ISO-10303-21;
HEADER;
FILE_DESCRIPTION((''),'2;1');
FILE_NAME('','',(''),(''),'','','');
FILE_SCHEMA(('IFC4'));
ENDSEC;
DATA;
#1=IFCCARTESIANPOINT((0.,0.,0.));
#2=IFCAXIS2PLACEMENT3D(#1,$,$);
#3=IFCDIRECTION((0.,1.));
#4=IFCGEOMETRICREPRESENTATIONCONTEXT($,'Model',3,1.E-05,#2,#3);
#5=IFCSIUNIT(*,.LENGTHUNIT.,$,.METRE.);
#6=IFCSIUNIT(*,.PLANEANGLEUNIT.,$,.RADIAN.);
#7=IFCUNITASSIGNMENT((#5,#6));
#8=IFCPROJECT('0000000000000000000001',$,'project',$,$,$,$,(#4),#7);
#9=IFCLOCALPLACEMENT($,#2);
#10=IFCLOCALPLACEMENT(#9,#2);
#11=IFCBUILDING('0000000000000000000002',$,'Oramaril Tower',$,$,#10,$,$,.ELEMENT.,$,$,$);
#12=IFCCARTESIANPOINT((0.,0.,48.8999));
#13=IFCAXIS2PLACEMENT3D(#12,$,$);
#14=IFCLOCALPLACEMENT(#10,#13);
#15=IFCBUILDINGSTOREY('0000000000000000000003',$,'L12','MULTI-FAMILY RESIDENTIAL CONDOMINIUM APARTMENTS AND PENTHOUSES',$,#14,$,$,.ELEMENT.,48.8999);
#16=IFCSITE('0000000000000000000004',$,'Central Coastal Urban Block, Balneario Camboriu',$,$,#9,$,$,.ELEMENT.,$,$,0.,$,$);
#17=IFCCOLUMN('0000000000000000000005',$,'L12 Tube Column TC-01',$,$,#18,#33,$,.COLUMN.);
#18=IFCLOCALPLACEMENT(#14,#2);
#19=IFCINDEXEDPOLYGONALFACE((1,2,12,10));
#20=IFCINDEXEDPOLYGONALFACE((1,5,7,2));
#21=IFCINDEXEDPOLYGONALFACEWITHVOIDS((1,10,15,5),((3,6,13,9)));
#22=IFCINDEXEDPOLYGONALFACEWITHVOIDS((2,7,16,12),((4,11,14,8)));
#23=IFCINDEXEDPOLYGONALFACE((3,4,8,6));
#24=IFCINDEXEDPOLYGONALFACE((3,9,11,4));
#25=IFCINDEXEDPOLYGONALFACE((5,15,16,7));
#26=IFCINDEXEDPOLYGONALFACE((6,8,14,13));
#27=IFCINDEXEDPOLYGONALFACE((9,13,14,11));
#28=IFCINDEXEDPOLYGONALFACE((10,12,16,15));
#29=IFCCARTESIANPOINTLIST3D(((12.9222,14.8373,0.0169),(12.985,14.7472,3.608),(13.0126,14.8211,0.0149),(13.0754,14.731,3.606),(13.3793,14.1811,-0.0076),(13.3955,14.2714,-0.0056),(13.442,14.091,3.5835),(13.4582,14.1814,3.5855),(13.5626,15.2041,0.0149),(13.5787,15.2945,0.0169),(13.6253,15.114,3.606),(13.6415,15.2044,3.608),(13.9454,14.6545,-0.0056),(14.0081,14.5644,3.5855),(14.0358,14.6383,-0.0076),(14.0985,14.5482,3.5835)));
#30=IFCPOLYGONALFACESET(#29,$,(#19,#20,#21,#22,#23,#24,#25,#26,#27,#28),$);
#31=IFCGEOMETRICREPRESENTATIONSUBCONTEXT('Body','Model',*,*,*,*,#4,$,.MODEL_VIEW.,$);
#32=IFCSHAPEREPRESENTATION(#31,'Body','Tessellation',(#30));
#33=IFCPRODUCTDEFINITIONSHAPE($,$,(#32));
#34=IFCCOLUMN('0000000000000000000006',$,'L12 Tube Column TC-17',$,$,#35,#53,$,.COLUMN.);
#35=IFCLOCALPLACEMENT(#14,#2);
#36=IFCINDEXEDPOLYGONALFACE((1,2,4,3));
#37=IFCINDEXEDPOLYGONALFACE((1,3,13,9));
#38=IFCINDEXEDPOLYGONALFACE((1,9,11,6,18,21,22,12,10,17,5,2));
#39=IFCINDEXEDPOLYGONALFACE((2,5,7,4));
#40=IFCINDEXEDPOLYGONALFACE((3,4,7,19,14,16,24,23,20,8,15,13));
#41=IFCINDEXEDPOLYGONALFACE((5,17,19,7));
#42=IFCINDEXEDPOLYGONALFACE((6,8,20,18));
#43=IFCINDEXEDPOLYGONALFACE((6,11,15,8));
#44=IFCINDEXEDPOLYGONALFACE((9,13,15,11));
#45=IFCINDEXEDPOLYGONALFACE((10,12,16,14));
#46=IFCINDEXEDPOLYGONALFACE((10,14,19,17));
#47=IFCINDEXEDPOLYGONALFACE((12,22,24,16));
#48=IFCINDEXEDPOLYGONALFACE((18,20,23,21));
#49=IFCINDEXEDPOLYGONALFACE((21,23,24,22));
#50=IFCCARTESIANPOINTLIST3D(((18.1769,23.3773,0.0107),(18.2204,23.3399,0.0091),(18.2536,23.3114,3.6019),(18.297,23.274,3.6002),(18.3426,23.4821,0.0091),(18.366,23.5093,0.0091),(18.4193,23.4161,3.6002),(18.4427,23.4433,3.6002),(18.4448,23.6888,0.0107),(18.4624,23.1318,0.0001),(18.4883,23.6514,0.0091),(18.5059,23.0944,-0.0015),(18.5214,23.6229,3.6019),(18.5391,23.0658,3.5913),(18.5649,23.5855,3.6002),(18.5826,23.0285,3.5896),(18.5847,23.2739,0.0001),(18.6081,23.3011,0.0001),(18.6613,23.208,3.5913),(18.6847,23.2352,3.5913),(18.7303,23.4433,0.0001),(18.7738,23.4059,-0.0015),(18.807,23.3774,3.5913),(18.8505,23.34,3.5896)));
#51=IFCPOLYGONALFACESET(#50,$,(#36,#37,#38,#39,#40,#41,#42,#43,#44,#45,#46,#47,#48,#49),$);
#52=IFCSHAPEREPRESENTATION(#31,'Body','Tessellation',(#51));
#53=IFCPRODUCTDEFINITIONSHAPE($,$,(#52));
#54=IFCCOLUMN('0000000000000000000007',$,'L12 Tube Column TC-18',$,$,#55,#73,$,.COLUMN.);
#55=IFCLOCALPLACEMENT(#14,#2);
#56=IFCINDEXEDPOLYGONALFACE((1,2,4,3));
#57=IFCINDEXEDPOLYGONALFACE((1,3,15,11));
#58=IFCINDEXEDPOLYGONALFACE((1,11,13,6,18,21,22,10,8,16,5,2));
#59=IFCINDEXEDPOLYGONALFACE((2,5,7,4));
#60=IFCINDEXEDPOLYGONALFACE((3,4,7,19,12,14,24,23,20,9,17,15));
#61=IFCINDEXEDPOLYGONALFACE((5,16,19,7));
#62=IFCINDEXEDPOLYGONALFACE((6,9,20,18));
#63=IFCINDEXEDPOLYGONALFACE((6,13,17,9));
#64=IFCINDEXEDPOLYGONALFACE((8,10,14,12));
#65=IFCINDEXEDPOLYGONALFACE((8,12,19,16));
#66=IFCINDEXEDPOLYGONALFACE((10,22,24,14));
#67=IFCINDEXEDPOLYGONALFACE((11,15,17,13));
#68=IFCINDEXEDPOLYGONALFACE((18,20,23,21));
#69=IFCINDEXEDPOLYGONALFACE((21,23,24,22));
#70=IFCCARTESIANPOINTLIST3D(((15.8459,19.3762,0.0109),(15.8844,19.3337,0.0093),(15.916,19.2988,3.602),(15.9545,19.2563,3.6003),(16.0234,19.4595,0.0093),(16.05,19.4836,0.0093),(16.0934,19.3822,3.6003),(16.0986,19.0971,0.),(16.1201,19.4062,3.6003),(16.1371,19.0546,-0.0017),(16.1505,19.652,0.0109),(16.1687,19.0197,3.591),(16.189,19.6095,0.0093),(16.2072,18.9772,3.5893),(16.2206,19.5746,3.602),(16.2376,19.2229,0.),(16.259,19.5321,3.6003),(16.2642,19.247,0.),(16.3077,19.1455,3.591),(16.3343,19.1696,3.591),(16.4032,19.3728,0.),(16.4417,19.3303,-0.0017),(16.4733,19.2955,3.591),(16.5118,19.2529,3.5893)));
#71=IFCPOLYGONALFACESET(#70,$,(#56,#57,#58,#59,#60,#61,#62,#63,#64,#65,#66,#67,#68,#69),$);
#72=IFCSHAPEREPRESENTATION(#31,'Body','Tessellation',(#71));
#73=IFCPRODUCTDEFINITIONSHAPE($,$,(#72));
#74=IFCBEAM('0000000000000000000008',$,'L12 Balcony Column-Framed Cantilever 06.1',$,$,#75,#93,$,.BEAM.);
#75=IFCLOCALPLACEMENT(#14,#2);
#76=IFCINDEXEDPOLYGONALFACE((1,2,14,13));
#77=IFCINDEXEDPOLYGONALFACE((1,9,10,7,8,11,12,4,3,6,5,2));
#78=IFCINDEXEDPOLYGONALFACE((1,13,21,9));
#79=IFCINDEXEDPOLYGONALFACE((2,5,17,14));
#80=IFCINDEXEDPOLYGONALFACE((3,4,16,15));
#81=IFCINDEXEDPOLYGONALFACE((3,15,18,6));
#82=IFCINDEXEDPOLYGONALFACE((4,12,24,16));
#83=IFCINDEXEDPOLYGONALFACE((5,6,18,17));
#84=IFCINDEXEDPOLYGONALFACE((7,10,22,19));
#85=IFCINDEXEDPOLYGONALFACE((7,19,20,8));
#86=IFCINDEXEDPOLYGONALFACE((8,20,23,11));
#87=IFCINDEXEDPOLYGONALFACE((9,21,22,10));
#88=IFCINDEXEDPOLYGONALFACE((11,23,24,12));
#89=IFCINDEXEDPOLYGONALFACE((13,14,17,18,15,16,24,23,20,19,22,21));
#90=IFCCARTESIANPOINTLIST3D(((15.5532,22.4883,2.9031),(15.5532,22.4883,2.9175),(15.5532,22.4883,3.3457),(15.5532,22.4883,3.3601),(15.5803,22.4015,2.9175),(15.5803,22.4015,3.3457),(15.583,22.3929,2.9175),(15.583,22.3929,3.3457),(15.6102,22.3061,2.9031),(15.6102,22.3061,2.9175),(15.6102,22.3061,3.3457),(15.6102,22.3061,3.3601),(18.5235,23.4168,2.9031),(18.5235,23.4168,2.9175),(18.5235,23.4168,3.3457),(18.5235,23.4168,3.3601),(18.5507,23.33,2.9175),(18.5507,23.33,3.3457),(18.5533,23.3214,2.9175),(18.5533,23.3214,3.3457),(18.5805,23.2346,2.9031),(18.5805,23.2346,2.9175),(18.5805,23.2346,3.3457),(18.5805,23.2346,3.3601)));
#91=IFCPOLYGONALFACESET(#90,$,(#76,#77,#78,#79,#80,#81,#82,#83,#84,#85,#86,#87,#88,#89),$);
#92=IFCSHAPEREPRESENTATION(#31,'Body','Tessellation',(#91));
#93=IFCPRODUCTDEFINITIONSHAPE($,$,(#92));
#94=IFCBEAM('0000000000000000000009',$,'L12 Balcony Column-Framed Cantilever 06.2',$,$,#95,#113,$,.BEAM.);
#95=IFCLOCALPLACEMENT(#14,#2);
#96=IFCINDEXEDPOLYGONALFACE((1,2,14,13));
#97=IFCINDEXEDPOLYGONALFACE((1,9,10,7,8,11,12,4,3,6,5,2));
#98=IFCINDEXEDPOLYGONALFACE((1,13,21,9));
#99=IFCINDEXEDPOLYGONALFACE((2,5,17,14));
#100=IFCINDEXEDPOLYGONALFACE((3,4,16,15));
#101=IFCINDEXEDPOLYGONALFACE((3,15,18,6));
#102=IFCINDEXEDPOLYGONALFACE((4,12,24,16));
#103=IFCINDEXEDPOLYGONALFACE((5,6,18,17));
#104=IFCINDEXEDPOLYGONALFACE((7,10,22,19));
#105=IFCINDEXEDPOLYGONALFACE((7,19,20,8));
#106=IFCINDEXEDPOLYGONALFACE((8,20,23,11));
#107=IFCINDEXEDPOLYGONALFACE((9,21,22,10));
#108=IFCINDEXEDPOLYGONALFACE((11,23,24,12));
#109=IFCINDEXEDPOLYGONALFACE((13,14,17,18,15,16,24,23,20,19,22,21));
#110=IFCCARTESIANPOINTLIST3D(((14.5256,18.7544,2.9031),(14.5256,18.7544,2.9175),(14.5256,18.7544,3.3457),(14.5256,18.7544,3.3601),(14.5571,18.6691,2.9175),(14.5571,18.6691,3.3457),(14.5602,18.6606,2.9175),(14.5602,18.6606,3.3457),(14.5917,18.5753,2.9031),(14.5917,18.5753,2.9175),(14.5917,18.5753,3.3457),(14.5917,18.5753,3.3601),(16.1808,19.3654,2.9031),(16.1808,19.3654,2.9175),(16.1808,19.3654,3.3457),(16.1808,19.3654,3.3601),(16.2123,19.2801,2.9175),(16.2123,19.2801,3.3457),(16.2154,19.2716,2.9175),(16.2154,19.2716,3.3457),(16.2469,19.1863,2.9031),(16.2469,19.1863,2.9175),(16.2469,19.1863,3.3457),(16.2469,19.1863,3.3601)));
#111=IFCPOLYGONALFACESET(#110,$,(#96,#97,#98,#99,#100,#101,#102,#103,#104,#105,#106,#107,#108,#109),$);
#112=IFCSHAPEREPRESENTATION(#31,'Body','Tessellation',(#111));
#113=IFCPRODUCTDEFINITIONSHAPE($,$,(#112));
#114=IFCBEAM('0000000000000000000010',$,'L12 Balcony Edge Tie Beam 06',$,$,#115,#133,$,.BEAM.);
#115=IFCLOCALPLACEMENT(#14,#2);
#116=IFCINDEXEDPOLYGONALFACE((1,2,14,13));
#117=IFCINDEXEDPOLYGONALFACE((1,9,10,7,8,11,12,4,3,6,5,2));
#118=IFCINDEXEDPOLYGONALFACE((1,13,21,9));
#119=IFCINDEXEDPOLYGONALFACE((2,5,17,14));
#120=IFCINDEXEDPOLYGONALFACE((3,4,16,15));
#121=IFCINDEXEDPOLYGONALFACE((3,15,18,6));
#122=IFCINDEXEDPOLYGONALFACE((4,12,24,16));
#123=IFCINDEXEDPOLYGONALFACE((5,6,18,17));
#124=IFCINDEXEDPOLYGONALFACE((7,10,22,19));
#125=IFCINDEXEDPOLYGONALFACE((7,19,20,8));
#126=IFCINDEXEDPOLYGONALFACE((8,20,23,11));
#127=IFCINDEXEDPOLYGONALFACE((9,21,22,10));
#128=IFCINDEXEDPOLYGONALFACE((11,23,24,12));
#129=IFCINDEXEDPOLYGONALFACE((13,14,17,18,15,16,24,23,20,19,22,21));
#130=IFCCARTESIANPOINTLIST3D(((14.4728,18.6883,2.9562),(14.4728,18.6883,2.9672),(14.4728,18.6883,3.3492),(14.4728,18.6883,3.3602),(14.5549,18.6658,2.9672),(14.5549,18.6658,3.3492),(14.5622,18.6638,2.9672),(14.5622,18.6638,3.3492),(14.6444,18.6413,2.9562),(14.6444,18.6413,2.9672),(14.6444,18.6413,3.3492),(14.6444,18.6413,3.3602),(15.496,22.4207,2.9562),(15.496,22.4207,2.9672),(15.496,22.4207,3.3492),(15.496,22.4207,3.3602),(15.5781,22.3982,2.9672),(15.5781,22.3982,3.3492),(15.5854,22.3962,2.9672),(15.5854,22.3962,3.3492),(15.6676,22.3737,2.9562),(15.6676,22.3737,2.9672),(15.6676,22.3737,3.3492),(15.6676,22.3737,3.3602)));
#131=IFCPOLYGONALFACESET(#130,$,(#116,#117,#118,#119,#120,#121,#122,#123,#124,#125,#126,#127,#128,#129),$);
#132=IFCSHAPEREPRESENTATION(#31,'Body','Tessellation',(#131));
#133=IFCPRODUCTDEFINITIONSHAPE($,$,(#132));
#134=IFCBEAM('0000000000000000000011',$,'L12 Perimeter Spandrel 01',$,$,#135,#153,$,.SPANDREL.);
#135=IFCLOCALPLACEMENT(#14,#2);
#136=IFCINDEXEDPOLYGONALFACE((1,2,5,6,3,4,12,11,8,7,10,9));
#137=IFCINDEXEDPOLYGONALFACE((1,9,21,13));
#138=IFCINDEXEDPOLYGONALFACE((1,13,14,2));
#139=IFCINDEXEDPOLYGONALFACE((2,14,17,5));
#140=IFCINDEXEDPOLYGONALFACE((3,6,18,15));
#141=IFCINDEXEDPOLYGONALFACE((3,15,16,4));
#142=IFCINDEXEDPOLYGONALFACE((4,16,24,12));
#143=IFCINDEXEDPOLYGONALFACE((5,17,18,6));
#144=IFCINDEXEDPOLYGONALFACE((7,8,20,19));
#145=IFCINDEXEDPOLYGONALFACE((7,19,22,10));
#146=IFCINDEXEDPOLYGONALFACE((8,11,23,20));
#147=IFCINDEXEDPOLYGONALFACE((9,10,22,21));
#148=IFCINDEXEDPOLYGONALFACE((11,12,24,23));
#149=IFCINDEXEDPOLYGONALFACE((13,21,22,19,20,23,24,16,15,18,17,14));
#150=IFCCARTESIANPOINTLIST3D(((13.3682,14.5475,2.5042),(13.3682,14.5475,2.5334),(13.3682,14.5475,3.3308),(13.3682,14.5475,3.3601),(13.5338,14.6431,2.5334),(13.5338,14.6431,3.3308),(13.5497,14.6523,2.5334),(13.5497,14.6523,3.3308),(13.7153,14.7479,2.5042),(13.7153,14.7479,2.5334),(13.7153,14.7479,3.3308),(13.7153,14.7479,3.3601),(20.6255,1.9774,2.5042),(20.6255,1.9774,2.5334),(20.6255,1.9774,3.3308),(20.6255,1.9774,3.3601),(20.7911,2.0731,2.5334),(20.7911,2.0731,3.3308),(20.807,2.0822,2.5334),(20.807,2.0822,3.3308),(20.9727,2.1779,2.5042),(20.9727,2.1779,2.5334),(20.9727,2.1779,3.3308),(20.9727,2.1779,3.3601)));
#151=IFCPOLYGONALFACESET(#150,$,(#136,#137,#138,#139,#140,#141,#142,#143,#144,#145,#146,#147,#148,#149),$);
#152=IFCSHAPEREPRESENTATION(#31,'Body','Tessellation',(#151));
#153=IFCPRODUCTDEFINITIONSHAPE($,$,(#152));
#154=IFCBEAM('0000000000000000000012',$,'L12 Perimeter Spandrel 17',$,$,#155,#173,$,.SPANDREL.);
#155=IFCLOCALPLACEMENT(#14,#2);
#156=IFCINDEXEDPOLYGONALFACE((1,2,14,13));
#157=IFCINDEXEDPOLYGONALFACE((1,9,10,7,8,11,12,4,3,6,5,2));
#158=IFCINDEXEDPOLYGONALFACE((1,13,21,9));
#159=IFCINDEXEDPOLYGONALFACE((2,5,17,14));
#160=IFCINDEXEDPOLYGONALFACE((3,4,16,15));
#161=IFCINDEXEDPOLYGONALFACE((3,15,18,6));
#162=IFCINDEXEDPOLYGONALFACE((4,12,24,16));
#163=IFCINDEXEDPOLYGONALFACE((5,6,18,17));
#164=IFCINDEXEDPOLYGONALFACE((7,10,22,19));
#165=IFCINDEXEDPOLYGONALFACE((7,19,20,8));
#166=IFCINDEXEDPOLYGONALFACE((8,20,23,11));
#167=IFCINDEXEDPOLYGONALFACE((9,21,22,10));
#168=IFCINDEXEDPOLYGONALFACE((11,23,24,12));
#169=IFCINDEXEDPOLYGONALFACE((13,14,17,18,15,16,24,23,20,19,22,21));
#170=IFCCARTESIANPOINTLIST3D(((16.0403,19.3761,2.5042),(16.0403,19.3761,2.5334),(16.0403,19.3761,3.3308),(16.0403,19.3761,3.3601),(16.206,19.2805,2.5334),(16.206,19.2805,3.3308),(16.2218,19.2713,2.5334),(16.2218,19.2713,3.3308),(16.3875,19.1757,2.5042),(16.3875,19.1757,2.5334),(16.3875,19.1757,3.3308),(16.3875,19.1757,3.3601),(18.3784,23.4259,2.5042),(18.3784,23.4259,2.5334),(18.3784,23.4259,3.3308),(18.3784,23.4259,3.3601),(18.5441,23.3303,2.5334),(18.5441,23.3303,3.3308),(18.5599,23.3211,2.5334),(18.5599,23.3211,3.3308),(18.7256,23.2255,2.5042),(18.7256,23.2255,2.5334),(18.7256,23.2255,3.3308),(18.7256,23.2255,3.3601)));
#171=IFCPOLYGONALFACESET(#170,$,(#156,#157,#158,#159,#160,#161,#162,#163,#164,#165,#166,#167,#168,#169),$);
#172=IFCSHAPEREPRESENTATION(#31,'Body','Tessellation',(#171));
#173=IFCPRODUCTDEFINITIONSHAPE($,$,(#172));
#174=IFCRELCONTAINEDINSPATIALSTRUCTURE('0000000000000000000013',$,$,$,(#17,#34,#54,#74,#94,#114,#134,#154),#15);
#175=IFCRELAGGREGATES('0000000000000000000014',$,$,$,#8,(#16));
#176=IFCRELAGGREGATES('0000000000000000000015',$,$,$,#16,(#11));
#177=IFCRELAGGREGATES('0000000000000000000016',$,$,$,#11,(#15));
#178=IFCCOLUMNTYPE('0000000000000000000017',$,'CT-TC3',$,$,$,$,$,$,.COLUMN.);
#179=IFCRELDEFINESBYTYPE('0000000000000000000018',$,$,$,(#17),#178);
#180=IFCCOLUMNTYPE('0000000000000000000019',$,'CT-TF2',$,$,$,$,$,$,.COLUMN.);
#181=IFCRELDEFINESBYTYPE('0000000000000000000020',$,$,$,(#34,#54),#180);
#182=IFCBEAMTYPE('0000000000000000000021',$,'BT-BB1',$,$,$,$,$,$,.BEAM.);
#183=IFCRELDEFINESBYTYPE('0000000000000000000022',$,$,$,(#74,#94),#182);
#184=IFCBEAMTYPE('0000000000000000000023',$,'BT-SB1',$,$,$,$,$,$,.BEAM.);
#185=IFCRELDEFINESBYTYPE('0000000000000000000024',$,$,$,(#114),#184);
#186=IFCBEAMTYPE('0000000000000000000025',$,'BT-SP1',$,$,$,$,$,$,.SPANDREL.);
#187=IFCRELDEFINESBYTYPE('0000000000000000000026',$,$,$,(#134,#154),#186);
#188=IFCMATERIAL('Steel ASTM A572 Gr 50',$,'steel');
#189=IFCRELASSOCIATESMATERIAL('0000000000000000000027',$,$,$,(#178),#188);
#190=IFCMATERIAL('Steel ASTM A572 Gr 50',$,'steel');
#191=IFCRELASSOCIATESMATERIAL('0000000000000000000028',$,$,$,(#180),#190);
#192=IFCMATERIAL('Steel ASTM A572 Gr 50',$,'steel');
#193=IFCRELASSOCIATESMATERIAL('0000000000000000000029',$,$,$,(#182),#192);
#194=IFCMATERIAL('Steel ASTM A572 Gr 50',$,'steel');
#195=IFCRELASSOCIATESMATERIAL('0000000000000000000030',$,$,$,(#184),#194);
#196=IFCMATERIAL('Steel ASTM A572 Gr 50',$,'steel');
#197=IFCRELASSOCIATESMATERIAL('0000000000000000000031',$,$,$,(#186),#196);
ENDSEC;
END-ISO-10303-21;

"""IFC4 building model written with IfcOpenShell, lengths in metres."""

from ifc_helpers import new_model, si_unit, direction, frame, origin, origin_2d, place, context, subcontext, project, spatial, hollow_rectangle, i_section, extrude, material, material_profile, profile_set, type_object, element, save


model = new_model("IFC4")

# Units and contexts
model_context = context("Model", 3, precision=1e-05, world=origin(), true_north=direction((0.0, 1.0)))
body_context = subcontext(model_context, "Body", "Model", "MODEL_VIEW")
ifc_project = project(units=[si_unit("LENGTHUNIT", "METRE"), si_unit("PLANEANGLEUNIT", "RADIAN")], contexts=[model_context])

# Site, building, storey
site_placement = place(None, origin())
site = spatial("IfcSite", under=ifc_project, at=site_placement, Name="Central Coastal Urban Block, Balneario Camboriu", CompositionType="ELEMENT", RefElevation=0.0)
building_placement = place(site_placement, origin())
building = spatial("IfcBuilding", under=site, at=building_placement, Name="Oramaril Tower", CompositionType="ELEMENT")
storey_placement = place(building_placement, frame((0.0, 0.0, 48.8999)))
storey = spatial("IfcBuildingStorey", under=building, at=storey_placement, Name="L12", Description="MULTI-FAMILY RESIDENTIAL CONDOMINIUM APARTMENTS AND PENTHOUSES", CompositionType="ELEMENT", Elevation=48.8999)

# Columns
ifc_material_1 = material(Name="Steel ASTM A572 Gr 50", Category="steel")
ifc_material_profile_1 = material_profile(ifc_material_1, hollow_rectangle(XDim=0.8, YDim=0.8, WallThickness=0.0649, at=origin_2d()), Name="BOX800X800X65")
ifc_profile_set_1 = profile_set([ifc_material_profile_1], Name="Steel ASTM A572 Gr 50")
column_type_1 = type_object("IfcColumnType", Name="CT-TC3", PredefinedType="COLUMN", material=ifc_profile_set_1)
column_placement = place(storey_placement, frame((13.479, 14.7378, 0.0046), z_axis=(0.017464, -0.025075, 0.999533), x_axis=(0.820588, 0.57152, 0.0)))
element("IfcColumn", 1, at=column_placement, inside=storey, type_object=column_type_1, Name="L12 Tube Column TC-01", PredefinedType="COLUMN", context=body_context, shape_type="SweptSolid", body=[
    extrude(hollow_rectangle(XDim=0.8, YDim=0.8, WallThickness=0.0649, at=origin_2d()), origin(), (0.0, 0.0, 1.0), 3.5928),
])
ifc_material_2 = material(Name="Steel ASTM A572 Gr 50", Category="steel")
ifc_material_profile_2 = material_profile(ifc_material_2, i_section(OverallWidth=0.4109, OverallDepth=0.4341, WebThickness=0.0359, FlangeThickness=0.0574, at=origin_2d()), Name="W14X311")
ifc_profile_set_2 = profile_set([ifc_material_profile_2], Name="Steel ASTM A572 Gr 50")
column_type_2 = type_object("IfcColumnType", Name="CT-TF2", PredefinedType="COLUMN", material=ifc_profile_set_2)
for number, where, z_axis, x_axis, name in (
    (2, (18.4753, 23.3916, 0.0046), (0.021339, -0.018349, 0.999604), (0.651984, 0.758233, 0.0), "L12 Tube Column TC-17"),
    (3, (16.1438, 19.3533, 0.0046), (0.019504, -0.021542, 0.999578), (0.741314, 0.671158, 0.0), "L12 Tube Column TC-18"),
):
    element("IfcColumn", number, at=place(storey_placement, frame(where, z_axis=z_axis, x_axis=x_axis)), inside=storey, type_object=column_type_2, Name=name, PredefinedType="COLUMN", context=body_context, shape_type="SweptSolid", body=[
        extrude(i_section(OverallWidth=0.4109, OverallDepth=0.4341, WebThickness=0.0359, FlangeThickness=0.0574, at=origin_2d()), origin(), (0.0, 0.0, 1.0), 3.5925),
    ])

# Beams
ifc_material_3 = material(Name="Steel ASTM A572 Gr 50", Category="steel")
ifc_material_profile_3 = material_profile(ifc_material_3, i_section(OverallWidth=0.1909, OverallDepth=0.457, WebThickness=0.009, FlangeThickness=0.0144, at=origin_2d()), Name="W18X50")
ifc_profile_set_3 = profile_set([ifc_material_profile_3], Name="Steel ASTM A572 Gr 50")
beam_type_1 = type_object("IfcBeamType", Name="BT-BB1", PredefinedType="BEAM", material=ifc_profile_set_3)
beam_1_placement = place(storey_placement, frame((18.552, 23.3257, 3.1316), z_axis=(-0.954455, -0.298355, 0.0), x_axis=(0.298355, -0.954455, 0.0)))
element("IfcBeam", 4, at=beam_1_placement, inside=storey, type_object=beam_type_1, Name="L12 Balcony Column-Framed Cantilever 06.1", PredefinedType="BEAM", context=body_context, shape_type="SweptSolid", body=[
    extrude(i_section(OverallWidth=0.1909, OverallDepth=0.457, WebThickness=0.009, FlangeThickness=0.0144, at=origin_2d()), origin(), (0.0, 0.0, 1.0), 3.1121),
])
beam_2_placement = place(storey_placement, frame((16.2139, 19.2759, 3.1316), z_axis=(-0.938114, -0.346327, 0.0), x_axis=(0.346327, -0.938114, 0.0)))
element("IfcBeam", 5, at=beam_2_placement, inside=storey, type_object=beam_type_1, Name="L12 Balcony Column-Framed Cantilever 06.2", PredefinedType="BEAM", context=body_context, shape_type="SweptSolid", body=[
    extrude(i_section(OverallWidth=0.1909, OverallDepth=0.457, WebThickness=0.009, FlangeThickness=0.0144, at=origin_2d()), origin(), (0.0, 0.0, 1.0), 1.7644),
])
ifc_material_4 = material(Name="Steel ASTM A572 Gr 50", Category="steel")
ifc_material_profile_4 = material_profile(ifc_material_4, i_section(OverallWidth=0.178, OverallDepth=0.4041, WebThickness=0.0076, FlangeThickness=0.011, at=origin_2d()), Name="W16X36")
ifc_profile_set_4 = profile_set([ifc_material_profile_4], Name="Steel ASTM A572 Gr 50")
beam_type_2 = type_object("IfcBeamType", Name="BT-SB1", PredefinedType="BEAM", material=ifc_profile_set_4)
beam_3_placement = place(storey_placement, frame((15.5818, 22.3972, 3.1582), z_axis=(-0.264382, -0.964418, 0.0), x_axis=(0.964418, -0.264382, 0.0)))
element("IfcBeam", 6, at=beam_3_placement, inside=storey, type_object=beam_type_2, Name="L12 Balcony Edge Tie Beam 06", PredefinedType="BEAM", context=body_context, shape_type="SweptSolid", body=[
    extrude(i_section(OverallWidth=0.178, OverallDepth=0.4041, WebThickness=0.0076, FlangeThickness=0.011, at=origin_2d()), origin(), (0.0, 0.0, 1.0), 3.8701),
])
ifc_material_5 = material(Name="Steel ASTM A572 Gr 50", Category="steel")
ifc_material_profile_5 = material_profile(ifc_material_5, i_section(OverallWidth=0.4009, OverallDepth=0.856, WebThickness=0.0183, FlangeThickness=0.0293, at=origin_2d()), Name="W33X201")
ifc_profile_set_5 = profile_set([ifc_material_profile_5], Name="Steel ASTM A572 Gr 50")
beam_type_3 = type_object("IfcBeamType", Name="BT-SP1", PredefinedType="SPANDREL", material=ifc_profile_set_5)
beam_4_placement = place(storey_placement, frame((13.5417, 14.6477, 2.9321), z_axis=(0.5, -0.866026, 0.0), x_axis=(0.866026, 0.5, 0.0)))
element("IfcBeam", 7, at=beam_4_placement, inside=storey, type_object=beam_type_3, Name="L12 Perimeter Spandrel 01", PredefinedType="SPANDREL", context=body_context, shape_type="SweptSolid", body=[
    extrude(i_section(OverallWidth=0.4009, OverallDepth=0.856, WebThickness=0.0183, FlangeThickness=0.0293, at=origin_2d()), origin(), (0.0, 0.0, 1.0), 14.5146),
])
beam_5_placement = place(storey_placement, frame((18.552, 23.3257, 2.9321), z_axis=(-0.499997, -0.866027, 0.0), x_axis=(0.866027, -0.499997, 0.0)))
element("IfcBeam", 8, at=beam_5_placement, inside=storey, type_object=beam_type_3, Name="L12 Perimeter Spandrel 17", PredefinedType="SPANDREL", context=body_context, shape_type="SweptSolid", body=[
    extrude(i_section(OverallWidth=0.4009, OverallDepth=0.856, WebThickness=0.0183, FlangeThickness=0.0293, at=origin_2d()), origin(), (0.0, 0.0, 1.0), 4.6763),
])

save(model, "model.ifc")
